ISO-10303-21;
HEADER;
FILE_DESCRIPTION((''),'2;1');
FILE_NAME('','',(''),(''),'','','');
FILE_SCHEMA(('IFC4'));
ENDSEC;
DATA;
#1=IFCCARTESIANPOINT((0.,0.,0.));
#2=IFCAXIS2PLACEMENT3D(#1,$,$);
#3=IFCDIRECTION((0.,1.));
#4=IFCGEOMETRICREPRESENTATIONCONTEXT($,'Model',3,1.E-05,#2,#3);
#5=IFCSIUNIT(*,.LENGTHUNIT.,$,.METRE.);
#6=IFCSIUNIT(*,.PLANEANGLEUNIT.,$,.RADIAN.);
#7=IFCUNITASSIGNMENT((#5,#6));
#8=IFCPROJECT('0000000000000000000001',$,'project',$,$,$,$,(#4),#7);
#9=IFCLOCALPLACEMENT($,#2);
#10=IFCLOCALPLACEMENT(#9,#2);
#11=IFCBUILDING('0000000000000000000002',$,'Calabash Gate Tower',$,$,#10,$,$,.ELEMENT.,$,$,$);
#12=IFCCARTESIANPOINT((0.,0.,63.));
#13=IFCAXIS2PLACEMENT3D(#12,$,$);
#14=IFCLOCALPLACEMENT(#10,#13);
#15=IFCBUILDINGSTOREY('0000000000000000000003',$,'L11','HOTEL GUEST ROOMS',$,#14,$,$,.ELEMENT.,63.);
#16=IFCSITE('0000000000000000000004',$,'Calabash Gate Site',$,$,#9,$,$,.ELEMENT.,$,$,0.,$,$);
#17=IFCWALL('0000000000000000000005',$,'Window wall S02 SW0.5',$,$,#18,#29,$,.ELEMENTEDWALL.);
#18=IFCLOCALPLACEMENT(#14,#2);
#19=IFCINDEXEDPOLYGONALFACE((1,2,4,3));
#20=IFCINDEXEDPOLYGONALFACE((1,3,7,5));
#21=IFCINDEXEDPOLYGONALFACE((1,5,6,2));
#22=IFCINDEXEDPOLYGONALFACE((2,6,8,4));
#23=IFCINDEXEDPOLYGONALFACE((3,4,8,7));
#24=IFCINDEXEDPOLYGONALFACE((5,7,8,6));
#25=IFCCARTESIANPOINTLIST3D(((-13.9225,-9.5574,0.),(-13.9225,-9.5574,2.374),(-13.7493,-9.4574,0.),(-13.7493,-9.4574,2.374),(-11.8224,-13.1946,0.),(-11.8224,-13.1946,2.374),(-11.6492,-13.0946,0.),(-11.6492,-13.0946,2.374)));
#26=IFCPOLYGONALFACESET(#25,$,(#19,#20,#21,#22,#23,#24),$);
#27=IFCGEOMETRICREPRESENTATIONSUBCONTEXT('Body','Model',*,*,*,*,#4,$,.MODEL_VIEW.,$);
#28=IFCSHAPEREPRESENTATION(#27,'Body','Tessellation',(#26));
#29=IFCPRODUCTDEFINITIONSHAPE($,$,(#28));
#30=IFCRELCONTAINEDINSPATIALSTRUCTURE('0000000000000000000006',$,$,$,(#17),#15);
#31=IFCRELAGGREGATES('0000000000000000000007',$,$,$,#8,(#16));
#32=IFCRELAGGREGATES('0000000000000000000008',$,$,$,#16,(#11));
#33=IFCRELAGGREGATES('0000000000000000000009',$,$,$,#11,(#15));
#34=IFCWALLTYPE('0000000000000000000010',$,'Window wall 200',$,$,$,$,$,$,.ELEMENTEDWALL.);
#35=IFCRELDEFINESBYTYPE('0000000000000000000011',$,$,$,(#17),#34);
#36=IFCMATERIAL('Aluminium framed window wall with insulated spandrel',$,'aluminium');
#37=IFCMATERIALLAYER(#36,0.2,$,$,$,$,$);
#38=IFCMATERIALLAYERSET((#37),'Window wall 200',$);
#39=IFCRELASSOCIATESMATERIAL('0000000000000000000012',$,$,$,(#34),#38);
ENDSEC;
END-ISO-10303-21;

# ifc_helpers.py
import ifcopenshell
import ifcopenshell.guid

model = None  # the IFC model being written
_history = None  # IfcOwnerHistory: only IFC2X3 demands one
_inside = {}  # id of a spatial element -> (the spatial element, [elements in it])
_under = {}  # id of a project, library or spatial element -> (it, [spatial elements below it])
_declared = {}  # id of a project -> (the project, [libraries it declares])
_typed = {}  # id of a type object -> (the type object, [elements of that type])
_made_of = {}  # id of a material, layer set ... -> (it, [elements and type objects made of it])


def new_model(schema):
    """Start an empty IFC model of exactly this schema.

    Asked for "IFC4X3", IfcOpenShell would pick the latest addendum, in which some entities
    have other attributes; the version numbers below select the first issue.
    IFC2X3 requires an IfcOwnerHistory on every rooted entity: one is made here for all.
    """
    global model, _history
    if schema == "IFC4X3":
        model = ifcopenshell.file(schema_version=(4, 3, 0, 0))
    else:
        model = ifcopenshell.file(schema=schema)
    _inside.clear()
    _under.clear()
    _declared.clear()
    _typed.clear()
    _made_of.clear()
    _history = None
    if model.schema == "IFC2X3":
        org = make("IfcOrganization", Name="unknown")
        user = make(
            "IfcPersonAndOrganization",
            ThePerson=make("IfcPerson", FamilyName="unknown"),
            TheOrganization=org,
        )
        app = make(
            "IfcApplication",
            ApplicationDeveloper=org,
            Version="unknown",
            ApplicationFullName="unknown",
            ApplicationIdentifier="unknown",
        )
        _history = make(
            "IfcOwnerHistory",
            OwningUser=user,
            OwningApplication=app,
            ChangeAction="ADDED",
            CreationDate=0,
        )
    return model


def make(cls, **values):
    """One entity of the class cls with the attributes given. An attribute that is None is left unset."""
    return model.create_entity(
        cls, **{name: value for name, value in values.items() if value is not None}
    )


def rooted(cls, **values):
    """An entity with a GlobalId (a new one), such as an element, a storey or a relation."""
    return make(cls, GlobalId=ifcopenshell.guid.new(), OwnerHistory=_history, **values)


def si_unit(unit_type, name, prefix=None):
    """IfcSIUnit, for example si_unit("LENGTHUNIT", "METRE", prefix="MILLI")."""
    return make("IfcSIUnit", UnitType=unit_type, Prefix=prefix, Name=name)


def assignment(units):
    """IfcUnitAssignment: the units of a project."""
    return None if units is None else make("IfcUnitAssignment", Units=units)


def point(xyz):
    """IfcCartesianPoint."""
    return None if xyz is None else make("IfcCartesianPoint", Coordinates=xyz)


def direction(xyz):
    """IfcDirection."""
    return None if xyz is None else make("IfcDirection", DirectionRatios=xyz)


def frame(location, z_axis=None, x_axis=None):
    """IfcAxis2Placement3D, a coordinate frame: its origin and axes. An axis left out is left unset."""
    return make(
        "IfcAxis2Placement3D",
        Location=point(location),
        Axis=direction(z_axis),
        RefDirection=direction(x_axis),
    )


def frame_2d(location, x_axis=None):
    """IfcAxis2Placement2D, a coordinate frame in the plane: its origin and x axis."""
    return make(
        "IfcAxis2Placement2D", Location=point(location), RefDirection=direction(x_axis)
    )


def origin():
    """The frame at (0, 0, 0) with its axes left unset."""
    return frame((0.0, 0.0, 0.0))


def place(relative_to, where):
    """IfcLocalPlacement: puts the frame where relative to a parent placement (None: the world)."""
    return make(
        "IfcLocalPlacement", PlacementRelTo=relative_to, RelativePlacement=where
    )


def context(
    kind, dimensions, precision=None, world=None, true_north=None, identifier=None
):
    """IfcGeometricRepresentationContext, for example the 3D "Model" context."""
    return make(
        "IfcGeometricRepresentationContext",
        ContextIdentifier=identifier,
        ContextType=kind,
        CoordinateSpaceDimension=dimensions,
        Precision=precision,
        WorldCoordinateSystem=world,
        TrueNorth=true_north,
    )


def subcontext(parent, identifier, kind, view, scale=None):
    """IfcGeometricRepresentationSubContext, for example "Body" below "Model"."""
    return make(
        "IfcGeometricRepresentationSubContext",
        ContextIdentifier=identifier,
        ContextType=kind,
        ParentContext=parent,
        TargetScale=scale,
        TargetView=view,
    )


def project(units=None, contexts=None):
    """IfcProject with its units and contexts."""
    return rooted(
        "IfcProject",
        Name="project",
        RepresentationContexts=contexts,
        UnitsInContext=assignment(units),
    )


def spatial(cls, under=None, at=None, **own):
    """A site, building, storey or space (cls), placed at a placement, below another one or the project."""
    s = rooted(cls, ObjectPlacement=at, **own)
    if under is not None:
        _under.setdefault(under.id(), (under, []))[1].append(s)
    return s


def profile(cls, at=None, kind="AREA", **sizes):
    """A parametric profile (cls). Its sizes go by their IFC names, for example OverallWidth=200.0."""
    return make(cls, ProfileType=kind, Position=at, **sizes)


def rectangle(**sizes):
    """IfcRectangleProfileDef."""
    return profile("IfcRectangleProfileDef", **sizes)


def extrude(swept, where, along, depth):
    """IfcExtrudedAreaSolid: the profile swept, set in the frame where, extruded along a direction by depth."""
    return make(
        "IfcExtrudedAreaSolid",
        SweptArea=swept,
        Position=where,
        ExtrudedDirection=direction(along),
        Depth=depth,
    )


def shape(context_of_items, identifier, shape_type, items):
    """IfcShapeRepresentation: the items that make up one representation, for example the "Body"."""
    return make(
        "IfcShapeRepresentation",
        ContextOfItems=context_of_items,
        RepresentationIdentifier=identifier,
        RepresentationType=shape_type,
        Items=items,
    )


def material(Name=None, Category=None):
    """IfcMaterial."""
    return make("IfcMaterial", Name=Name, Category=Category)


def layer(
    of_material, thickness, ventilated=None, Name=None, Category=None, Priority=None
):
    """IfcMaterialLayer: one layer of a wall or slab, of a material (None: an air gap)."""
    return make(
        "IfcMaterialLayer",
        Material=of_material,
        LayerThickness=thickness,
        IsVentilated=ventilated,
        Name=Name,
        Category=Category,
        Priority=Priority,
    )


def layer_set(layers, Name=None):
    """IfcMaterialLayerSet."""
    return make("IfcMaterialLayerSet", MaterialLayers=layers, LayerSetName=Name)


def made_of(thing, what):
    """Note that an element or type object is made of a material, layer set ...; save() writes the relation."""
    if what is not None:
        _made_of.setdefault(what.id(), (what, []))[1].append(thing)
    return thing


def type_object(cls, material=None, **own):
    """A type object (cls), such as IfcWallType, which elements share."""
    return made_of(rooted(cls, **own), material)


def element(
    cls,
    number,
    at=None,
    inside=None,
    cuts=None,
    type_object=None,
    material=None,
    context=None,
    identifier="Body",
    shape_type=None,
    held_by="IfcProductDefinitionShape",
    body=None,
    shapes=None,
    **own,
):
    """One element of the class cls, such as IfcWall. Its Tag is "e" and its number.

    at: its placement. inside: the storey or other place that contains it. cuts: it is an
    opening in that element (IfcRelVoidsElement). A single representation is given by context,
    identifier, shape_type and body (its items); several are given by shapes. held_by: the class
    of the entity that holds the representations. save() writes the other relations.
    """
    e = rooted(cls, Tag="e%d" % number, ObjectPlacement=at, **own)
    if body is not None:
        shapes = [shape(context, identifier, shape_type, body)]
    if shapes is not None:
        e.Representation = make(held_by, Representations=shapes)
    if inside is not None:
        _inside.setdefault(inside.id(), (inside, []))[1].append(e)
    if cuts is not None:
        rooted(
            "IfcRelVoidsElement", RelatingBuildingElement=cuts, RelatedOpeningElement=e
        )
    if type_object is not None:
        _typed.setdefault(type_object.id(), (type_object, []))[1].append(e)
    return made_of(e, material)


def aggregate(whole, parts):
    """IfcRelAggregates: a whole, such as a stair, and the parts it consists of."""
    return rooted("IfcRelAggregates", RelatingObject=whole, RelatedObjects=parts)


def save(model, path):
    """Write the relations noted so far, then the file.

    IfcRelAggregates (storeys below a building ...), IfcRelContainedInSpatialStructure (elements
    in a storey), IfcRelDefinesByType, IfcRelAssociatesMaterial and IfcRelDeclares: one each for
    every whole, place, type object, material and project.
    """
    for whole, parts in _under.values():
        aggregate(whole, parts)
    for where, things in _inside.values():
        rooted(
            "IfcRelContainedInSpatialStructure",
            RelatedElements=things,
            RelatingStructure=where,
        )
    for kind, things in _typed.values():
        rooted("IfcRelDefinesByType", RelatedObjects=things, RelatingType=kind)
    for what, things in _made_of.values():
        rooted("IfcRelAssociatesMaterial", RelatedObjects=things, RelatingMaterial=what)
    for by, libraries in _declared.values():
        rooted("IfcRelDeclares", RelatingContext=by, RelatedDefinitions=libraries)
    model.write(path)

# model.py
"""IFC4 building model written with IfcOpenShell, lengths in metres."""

from ifc_helpers import new_model, si_unit, direction, frame, frame_2d, origin, place, context, subcontext, project, spatial, rectangle, extrude, material, layer, layer_set, type_object, element, save


model = new_model("IFC4")

# Units and contexts
model_context = context("Model", 3, precision=1e-05, world=origin(), true_north=direction((0.0, 1.0)))
body_context = subcontext(model_context, "Body", "Model", "MODEL_VIEW")
ifc_project = project(units=[si_unit("LENGTHUNIT", "METRE"), si_unit("PLANEANGLEUNIT", "RADIAN")], contexts=[model_context])

# Site, building, storey
site_placement = place(None, origin())
site = spatial("IfcSite", under=ifc_project, at=site_placement, Name="Calabash Gate Site", CompositionType="ELEMENT", RefElevation=0.0)
building_placement = place(site_placement, origin())
building = spatial("IfcBuilding", under=site, at=building_placement, Name="Calabash Gate Tower", CompositionType="ELEMENT")
storey_placement = place(building_placement, frame((0.0, 0.0, 63.0)))
storey = spatial("IfcBuildingStorey", under=building, at=storey_placement, Name="L11", Description="HOTEL GUEST ROOMS", CompositionType="ELEMENT", Elevation=63.0)

# Wall
ifc_material_1 = material(Name="Aluminium framed window wall with insulated spandrel", Category="aluminium")
ifc_layer_1 = layer(ifc_material_1, 0.2)
ifc_layer_set_1 = layer_set([ifc_layer_1], Name="Window wall 200")
wall_type_1 = type_object("IfcWallType", Name="Window wall 200", PredefinedType="ELEMENTEDWALL", material=ifc_layer_set_1)
wall_1_placement = place(storey_placement, frame((-13.8359, -9.5073, 0.0), z_axis=(0.0, 0.0, 1.0), x_axis=(0.500028, -0.866009, 0.0)))
element("IfcWall", 1, at=wall_1_placement, inside=storey, type_object=wall_type_1, Name="Window wall S02 SW0.5", PredefinedType="ELEMENTEDWALL", context=body_context, shape_type="SweptSolid", body=[
    extrude(rectangle(XDim=4.2, YDim=0.2, at=frame_2d((2.1001, 0.0))), origin(), (0.0, 0.0, 1.0), 2.374),
])

save(model, "model.ifc")
